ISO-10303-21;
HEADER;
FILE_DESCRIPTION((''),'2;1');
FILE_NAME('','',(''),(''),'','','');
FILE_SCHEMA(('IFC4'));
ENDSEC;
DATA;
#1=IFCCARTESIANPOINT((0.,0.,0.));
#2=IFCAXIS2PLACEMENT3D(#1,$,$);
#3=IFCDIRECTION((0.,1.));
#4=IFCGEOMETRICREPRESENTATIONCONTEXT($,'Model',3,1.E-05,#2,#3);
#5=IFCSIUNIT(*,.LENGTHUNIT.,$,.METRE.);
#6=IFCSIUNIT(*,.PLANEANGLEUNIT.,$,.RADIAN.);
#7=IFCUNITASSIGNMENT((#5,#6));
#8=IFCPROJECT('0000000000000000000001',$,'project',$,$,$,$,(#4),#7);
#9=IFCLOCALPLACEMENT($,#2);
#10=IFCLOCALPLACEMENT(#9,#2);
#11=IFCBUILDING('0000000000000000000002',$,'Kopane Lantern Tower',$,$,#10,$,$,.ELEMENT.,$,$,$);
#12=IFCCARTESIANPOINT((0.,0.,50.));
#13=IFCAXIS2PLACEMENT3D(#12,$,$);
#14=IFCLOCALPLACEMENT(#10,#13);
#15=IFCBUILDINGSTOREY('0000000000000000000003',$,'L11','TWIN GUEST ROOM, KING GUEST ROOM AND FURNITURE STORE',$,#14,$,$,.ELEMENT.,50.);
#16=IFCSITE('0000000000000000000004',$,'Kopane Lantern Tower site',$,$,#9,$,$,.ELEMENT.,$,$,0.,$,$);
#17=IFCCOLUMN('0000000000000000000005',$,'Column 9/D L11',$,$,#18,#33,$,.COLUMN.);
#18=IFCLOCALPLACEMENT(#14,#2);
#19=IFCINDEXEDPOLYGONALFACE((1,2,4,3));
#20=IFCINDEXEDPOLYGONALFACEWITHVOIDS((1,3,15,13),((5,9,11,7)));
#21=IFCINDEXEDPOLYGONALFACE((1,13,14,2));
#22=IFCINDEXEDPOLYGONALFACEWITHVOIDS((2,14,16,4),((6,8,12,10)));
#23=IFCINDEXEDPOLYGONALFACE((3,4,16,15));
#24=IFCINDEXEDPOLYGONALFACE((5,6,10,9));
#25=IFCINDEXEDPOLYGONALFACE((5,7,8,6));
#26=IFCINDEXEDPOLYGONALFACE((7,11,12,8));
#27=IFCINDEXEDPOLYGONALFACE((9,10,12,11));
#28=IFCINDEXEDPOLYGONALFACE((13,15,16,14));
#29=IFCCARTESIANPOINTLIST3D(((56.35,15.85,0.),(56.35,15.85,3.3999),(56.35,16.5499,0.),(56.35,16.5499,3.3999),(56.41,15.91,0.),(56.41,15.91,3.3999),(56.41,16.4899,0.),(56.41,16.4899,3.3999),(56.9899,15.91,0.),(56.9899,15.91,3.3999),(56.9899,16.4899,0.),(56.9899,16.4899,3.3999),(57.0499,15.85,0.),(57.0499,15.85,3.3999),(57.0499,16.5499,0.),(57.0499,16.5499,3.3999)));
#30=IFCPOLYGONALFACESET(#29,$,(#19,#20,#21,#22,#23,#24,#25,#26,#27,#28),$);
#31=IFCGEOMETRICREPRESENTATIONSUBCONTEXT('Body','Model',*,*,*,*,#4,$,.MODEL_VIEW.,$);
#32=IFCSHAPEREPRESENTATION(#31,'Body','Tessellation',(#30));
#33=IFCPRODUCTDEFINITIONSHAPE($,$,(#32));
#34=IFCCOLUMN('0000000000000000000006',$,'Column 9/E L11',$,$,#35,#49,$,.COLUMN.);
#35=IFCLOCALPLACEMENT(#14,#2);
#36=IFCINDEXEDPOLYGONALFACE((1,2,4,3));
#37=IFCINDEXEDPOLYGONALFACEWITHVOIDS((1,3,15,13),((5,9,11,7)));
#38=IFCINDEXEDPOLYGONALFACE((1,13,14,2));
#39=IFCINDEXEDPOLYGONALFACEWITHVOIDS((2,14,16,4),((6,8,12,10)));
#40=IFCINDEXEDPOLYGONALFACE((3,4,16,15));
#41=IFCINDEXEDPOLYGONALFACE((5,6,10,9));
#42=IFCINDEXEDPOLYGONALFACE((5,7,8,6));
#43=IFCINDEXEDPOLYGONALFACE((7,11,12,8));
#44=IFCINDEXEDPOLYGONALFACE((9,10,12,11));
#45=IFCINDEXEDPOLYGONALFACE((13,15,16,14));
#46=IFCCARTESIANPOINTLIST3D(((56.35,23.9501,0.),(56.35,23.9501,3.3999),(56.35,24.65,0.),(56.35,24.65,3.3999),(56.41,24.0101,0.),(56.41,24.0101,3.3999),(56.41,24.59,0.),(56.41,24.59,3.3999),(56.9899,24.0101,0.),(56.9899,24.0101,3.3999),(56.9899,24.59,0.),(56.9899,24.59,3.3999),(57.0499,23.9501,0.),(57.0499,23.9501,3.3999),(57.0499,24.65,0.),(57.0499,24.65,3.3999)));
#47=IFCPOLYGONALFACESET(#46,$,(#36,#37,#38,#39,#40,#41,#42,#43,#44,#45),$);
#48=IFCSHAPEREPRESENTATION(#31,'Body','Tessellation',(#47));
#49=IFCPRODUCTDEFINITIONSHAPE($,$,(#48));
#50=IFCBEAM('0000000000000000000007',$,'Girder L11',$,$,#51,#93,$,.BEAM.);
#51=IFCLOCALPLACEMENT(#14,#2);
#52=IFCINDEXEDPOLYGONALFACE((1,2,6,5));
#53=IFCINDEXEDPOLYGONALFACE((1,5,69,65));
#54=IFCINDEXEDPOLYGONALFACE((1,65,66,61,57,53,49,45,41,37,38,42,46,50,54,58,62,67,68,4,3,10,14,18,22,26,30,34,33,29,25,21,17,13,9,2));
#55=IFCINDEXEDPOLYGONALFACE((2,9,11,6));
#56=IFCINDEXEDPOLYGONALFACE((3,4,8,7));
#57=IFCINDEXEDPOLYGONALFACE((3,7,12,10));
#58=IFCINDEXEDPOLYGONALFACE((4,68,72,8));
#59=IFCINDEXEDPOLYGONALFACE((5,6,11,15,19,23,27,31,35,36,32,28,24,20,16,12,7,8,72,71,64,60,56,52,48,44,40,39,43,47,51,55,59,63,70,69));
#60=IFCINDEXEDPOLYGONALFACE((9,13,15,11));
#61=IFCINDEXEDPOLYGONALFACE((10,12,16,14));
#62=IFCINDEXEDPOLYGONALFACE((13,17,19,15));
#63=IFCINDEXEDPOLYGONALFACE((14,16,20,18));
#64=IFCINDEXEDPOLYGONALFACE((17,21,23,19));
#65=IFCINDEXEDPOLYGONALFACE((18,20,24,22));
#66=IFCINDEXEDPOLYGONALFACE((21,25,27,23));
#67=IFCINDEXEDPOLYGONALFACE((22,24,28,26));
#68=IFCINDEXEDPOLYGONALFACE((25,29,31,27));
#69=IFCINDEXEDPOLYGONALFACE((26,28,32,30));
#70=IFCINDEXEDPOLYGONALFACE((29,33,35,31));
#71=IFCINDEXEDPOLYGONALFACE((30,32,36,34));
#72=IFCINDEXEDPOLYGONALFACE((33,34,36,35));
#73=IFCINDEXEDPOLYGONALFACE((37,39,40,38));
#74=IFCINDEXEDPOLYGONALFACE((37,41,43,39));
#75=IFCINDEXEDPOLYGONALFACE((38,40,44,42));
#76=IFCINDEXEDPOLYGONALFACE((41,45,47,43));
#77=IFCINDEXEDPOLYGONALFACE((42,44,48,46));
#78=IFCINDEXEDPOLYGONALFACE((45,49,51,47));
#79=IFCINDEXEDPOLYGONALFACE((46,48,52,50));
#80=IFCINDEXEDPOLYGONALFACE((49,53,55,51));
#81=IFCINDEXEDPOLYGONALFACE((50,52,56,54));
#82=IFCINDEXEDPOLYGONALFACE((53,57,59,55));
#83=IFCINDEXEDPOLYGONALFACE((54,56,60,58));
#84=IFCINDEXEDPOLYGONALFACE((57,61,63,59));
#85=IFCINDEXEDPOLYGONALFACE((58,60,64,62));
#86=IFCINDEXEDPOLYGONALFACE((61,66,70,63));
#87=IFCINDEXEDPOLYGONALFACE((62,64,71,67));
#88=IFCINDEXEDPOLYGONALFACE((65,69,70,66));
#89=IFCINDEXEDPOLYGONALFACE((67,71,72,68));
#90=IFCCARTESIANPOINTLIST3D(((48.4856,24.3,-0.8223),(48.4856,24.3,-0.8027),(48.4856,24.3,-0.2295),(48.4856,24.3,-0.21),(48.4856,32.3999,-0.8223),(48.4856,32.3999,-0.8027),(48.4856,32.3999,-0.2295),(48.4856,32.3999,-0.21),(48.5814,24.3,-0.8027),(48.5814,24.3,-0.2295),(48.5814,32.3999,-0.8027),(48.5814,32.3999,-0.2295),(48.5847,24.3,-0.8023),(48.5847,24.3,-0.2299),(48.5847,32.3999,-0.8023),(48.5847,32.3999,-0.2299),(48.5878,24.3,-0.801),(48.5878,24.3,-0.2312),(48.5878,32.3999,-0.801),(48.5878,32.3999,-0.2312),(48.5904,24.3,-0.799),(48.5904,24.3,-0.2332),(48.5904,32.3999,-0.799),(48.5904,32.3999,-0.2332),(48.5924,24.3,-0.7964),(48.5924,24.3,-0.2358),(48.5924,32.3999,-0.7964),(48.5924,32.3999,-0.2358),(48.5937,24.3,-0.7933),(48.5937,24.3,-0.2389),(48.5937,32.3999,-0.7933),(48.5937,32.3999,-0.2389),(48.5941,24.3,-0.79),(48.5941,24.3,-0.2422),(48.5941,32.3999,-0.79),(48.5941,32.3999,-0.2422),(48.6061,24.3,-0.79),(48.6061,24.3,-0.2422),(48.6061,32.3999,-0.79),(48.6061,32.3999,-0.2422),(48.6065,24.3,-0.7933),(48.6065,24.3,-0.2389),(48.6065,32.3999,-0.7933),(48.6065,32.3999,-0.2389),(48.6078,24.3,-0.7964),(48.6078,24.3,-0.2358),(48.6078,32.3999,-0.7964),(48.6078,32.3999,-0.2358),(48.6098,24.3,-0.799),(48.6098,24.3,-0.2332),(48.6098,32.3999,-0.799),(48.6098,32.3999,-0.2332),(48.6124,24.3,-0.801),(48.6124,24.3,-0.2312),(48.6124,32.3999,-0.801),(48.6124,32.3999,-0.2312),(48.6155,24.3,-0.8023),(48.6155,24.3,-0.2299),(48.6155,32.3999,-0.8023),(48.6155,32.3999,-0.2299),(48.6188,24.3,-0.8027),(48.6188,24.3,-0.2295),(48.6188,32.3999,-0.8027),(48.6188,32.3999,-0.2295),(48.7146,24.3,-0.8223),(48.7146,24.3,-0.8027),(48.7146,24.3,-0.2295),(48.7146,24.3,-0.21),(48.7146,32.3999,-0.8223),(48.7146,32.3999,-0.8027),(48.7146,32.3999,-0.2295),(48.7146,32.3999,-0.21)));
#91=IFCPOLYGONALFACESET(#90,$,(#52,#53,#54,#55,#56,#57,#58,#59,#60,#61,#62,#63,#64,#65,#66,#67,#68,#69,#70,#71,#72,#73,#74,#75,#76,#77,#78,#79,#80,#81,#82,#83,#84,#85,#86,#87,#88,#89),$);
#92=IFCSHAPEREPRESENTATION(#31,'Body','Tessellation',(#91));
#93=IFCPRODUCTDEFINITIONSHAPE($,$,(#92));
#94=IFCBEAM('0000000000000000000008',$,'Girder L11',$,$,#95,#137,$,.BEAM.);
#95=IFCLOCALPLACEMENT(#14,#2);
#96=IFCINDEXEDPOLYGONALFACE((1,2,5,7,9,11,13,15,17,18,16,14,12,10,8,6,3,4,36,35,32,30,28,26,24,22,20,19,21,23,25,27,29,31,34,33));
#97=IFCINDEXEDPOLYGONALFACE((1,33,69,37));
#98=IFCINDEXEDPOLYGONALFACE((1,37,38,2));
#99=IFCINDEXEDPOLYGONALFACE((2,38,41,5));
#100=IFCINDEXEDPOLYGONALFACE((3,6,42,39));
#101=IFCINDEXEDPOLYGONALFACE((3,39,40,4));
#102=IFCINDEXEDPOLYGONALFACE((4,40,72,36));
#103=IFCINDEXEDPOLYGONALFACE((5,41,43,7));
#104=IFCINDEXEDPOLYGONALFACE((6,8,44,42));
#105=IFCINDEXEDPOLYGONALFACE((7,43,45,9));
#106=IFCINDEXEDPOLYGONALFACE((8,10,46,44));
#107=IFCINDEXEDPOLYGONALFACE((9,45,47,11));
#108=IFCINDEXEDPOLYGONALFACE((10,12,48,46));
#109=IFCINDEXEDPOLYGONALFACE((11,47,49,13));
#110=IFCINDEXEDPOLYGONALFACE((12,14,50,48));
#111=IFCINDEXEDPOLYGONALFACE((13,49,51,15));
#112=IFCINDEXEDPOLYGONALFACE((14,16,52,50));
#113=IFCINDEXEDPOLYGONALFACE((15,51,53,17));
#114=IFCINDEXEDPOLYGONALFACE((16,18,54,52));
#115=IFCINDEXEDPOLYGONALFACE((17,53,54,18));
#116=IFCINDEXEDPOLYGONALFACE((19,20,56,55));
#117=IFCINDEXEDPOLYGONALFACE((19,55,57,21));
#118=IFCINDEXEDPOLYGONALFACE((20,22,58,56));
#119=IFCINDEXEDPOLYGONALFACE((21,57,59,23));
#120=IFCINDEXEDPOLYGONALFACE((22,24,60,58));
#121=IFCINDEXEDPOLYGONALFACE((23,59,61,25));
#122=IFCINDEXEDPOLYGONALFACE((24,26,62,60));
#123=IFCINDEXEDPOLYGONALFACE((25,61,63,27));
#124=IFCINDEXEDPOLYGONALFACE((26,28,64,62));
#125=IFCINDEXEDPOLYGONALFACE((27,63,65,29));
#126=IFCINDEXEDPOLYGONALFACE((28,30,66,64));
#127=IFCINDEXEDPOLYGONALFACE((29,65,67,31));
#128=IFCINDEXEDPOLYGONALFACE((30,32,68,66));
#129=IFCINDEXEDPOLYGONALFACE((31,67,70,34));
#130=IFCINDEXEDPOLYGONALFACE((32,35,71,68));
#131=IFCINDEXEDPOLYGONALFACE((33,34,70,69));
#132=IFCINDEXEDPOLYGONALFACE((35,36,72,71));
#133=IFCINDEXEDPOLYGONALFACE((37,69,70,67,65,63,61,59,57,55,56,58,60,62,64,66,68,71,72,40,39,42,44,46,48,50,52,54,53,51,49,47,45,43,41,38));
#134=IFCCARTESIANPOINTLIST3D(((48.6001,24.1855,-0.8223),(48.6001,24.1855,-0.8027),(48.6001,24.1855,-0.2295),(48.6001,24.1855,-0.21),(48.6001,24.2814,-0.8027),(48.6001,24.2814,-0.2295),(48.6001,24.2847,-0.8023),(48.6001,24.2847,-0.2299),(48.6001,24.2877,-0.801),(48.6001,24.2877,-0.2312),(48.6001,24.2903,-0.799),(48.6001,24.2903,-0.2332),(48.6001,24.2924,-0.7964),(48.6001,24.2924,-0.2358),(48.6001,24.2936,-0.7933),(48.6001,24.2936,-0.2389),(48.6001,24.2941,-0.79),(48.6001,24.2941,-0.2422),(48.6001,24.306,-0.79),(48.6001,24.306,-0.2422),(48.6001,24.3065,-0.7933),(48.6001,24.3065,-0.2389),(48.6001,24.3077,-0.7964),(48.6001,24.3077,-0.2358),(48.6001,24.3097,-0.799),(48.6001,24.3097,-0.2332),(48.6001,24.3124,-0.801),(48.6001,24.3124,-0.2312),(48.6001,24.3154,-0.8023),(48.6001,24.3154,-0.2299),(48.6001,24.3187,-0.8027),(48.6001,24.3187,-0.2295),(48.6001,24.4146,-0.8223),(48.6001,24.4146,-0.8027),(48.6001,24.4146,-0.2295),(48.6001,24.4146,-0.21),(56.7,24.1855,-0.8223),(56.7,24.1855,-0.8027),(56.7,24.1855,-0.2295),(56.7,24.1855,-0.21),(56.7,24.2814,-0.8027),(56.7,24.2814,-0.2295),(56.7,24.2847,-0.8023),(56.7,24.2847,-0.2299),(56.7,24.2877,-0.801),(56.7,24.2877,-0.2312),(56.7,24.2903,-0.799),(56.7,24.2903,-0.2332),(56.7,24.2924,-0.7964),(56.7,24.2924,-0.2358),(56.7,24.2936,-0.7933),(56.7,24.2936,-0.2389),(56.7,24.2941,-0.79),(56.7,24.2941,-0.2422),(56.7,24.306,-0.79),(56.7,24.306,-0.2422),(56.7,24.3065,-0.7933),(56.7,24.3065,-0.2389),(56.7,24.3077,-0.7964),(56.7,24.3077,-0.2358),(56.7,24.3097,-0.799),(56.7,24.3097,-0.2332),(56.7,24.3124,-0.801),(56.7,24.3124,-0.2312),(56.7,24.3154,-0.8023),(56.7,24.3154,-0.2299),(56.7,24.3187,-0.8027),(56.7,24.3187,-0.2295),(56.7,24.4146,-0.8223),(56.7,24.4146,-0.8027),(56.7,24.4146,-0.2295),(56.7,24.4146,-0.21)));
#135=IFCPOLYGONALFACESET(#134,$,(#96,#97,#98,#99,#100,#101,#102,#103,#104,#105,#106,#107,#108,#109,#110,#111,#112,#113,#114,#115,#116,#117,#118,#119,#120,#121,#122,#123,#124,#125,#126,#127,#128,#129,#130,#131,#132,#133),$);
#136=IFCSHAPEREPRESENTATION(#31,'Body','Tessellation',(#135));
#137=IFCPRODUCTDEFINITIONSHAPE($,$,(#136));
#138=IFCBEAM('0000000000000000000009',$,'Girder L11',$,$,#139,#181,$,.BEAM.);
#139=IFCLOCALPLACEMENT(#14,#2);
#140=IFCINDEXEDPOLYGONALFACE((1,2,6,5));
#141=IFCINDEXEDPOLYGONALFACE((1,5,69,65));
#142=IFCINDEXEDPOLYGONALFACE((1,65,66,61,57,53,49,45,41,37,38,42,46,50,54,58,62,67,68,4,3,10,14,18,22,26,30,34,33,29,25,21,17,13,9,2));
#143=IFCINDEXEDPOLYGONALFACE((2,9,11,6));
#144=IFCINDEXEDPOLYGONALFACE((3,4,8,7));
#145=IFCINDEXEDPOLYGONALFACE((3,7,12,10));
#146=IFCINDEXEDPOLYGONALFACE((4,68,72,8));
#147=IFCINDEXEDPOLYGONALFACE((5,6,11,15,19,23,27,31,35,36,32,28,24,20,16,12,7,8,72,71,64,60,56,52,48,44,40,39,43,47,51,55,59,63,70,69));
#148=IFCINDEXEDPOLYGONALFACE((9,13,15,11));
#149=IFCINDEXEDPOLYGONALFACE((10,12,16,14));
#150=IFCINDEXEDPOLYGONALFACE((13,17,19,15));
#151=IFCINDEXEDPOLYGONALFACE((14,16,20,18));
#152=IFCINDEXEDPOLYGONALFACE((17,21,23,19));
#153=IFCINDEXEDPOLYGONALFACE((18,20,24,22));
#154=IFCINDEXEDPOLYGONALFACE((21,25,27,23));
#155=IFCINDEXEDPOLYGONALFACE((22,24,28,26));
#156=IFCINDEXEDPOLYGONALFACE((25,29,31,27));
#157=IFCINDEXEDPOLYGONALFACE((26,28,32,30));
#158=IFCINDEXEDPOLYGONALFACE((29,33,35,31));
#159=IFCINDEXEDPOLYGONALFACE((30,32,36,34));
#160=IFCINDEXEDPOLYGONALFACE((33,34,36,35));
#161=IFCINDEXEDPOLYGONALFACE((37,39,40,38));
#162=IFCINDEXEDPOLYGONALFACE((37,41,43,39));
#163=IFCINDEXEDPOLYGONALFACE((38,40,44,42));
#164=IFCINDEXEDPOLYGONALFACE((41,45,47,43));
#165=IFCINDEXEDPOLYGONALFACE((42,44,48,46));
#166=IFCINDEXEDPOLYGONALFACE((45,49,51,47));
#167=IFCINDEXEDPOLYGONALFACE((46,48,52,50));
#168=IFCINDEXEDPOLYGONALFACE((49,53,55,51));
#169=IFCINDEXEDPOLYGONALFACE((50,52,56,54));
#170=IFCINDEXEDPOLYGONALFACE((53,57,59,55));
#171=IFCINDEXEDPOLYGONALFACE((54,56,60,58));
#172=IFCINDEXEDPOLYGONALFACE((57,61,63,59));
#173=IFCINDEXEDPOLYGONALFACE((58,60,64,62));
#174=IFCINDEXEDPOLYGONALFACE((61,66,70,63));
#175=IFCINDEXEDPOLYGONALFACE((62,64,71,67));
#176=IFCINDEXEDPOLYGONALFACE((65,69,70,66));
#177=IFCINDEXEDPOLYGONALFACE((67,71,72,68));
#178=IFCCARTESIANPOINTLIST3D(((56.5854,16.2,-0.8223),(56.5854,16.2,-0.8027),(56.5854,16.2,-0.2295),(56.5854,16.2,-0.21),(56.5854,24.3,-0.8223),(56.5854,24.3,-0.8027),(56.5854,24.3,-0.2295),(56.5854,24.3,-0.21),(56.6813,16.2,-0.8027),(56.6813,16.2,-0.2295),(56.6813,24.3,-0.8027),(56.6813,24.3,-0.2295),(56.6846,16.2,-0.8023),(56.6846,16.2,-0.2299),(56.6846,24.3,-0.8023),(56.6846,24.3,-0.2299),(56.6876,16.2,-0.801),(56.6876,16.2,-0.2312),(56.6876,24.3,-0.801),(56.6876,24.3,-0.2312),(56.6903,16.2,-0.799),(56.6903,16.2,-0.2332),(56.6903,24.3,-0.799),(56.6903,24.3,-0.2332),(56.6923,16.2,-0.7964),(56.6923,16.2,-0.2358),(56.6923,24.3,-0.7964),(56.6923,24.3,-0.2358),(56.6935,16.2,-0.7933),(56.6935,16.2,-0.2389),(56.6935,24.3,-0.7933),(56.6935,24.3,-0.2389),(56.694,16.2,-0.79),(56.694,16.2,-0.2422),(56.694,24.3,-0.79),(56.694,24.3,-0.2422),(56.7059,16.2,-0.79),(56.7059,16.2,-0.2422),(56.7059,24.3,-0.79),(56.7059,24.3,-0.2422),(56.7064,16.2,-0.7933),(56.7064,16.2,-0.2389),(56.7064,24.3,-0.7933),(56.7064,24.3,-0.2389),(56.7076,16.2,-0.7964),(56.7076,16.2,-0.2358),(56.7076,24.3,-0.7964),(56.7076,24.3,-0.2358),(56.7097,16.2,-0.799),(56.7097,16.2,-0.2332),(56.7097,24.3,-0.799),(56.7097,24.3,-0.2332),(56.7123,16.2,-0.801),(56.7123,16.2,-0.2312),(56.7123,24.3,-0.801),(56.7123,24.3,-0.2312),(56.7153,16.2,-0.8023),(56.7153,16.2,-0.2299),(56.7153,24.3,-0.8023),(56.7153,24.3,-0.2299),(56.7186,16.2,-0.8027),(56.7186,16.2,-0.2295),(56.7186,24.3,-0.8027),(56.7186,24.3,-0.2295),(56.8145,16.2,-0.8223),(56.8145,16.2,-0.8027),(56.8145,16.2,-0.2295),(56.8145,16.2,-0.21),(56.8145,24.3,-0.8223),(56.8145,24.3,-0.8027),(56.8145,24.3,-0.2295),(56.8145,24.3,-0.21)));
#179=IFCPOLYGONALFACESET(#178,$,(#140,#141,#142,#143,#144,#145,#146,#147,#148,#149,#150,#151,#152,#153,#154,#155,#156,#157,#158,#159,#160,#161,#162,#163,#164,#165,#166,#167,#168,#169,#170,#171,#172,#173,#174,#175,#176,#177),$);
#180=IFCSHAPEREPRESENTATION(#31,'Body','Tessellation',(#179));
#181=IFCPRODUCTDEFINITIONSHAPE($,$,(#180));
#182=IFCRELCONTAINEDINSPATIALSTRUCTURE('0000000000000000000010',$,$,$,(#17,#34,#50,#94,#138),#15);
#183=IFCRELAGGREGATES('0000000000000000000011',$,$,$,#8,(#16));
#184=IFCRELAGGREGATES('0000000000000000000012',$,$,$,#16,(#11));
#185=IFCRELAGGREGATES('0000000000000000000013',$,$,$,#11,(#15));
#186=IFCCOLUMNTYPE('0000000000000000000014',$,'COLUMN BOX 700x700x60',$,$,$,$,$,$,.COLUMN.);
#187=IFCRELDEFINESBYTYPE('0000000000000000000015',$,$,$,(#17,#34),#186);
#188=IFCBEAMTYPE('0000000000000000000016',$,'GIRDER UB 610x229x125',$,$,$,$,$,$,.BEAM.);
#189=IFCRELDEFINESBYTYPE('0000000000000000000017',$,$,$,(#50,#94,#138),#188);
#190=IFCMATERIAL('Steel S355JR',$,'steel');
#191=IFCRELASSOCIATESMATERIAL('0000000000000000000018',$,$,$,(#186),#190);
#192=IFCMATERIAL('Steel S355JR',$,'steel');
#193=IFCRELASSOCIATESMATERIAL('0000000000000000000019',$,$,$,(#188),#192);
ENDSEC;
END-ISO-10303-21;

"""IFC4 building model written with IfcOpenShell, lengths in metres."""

from ifc_helpers import new_model, si_unit, direction, frame, origin, origin_2d, place, context, subcontext, project, spatial, hollow_rectangle, i_section, extrude, material, material_profile, profile_set, type_object, element, save


model = new_model("IFC4")

# Units and contexts
model_context = context("Model", 3, precision=1e-05, world=origin(), true_north=direction((0.0, 1.0)))
body_context = subcontext(model_context, "Body", "Model", "MODEL_VIEW")
ifc_project = project(units=[si_unit("LENGTHUNIT", "METRE"), si_unit("PLANEANGLEUNIT", "RADIAN")], contexts=[model_context])

# Site, building, storey
site_placement = place(None, origin())
site = spatial("IfcSite", under=ifc_project, at=site_placement, Name="Kopane Lantern Tower site", CompositionType="ELEMENT", RefElevation=0.0)
building_placement = place(site_placement, origin())
building = spatial("IfcBuilding", under=site, at=building_placement, Name="Kopane Lantern Tower", CompositionType="ELEMENT")
storey_placement = place(building_placement, frame((0.0, 0.0, 50.0)))
storey = spatial("IfcBuildingStorey", under=building, at=storey_placement, Name="L11", Description="TWIN GUEST ROOM, KING GUEST ROOM AND FURNITURE STORE", CompositionType="ELEMENT", Elevation=50.0)

# Columns
ifc_material_1 = material(Name="Steel S355JR", Category="steel")
ifc_material_profile_1 = material_profile(ifc_material_1, hollow_rectangle(XDim=0.7, YDim=0.7, WallThickness=0.0601, at=origin_2d()), Name="BOX 700x700x60")
ifc_profile_set_1 = profile_set([ifc_material_profile_1], Name="Steel S355JR")
column_type = type_object("IfcColumnType", Name="COLUMN BOX 700x700x60", PredefinedType="COLUMN", material=ifc_profile_set_1)
for number, where, z_axis, x_axis, name in (
    (1, (56.7, 16.2, 0.0), (0.0, 0.0, 1.0), (1.0, 0.0, 0.0), "Column 9/D L11"),
    (2, (56.7, 24.3, 0.0), (0.0, 0.0, 1.0), (1.0, 0.0, 0.0), "Column 9/E L11"),
):
    element("IfcColumn", number, at=place(storey_placement, frame(where, z_axis=z_axis, x_axis=x_axis)), inside=storey, type_object=column_type, Name=name, PredefinedType="COLUMN", context=body_context, shape_type="SweptSolid", body=[
        extrude(hollow_rectangle(XDim=0.7, YDim=0.7, WallThickness=0.0601, at=origin_2d()), origin(), (0.0, 0.0, 1.0), 3.3999),
    ])

# Beams
ifc_material_2 = material(Name="Steel S355JR", Category="steel")
ifc_material_profile_2 = material_profile(ifc_material_2, i_section(OverallWidth=0.229, OverallDepth=0.6123, WebThickness=0.012, FlangeThickness=0.0195, FilletRadius=0.0127, at=origin_2d()), Name="UB 610x229x125")
ifc_profile_set_2 = profile_set([ifc_material_profile_2], Name="Steel S355JR")
beam_type = type_object("IfcBeamType", Name="GIRDER UB 610x229x125", PredefinedType="BEAM", material=ifc_profile_set_2)
for number, where, z_axis, x_axis, name in (
    (3, (48.6001, 24.3, -0.5161), (0.0, 1.0, 0.0), (-1.0, 0.0, 0.0), "Girder L11"),
    (4, (48.6001, 24.3, -0.5161), (1.0, 0.0, 0.0), (0.0, 1.0, 0.0), "Girder L11"),
):
    element("IfcBeam", number, at=place(storey_placement, frame(where, z_axis=z_axis, x_axis=x_axis)), inside=storey, type_object=beam_type, Name=name, PredefinedType="BEAM", context=body_context, shape_type="SweptSolid", body=[
        extrude(i_section(OverallWidth=0.229, OverallDepth=0.6123, WebThickness=0.012, FlangeThickness=0.0195, FilletRadius=0.0127, at=origin_2d()), origin(), (0.0, 0.0, 1.0), 8.0999),
    ])
beam_1_placement = place(storey_placement, frame((56.7, 16.2, -0.5161), z_axis=(0.0, 1.0, 0.0), x_axis=(-1.0, 0.0, 0.0)))
element("IfcBeam", 5, at=beam_1_placement, inside=storey, type_object=beam_type, Name="Girder L11", PredefinedType="BEAM", context=body_context, shape_type="SweptSolid", body=[
    extrude(i_section(OverallWidth=0.229, OverallDepth=0.6123, WebThickness=0.012, FlangeThickness=0.0195, FilletRadius=0.0127, at=origin_2d()), origin(), (0.0, 0.0, 1.0), 8.1001),
])

save(model, "model.ifc")
